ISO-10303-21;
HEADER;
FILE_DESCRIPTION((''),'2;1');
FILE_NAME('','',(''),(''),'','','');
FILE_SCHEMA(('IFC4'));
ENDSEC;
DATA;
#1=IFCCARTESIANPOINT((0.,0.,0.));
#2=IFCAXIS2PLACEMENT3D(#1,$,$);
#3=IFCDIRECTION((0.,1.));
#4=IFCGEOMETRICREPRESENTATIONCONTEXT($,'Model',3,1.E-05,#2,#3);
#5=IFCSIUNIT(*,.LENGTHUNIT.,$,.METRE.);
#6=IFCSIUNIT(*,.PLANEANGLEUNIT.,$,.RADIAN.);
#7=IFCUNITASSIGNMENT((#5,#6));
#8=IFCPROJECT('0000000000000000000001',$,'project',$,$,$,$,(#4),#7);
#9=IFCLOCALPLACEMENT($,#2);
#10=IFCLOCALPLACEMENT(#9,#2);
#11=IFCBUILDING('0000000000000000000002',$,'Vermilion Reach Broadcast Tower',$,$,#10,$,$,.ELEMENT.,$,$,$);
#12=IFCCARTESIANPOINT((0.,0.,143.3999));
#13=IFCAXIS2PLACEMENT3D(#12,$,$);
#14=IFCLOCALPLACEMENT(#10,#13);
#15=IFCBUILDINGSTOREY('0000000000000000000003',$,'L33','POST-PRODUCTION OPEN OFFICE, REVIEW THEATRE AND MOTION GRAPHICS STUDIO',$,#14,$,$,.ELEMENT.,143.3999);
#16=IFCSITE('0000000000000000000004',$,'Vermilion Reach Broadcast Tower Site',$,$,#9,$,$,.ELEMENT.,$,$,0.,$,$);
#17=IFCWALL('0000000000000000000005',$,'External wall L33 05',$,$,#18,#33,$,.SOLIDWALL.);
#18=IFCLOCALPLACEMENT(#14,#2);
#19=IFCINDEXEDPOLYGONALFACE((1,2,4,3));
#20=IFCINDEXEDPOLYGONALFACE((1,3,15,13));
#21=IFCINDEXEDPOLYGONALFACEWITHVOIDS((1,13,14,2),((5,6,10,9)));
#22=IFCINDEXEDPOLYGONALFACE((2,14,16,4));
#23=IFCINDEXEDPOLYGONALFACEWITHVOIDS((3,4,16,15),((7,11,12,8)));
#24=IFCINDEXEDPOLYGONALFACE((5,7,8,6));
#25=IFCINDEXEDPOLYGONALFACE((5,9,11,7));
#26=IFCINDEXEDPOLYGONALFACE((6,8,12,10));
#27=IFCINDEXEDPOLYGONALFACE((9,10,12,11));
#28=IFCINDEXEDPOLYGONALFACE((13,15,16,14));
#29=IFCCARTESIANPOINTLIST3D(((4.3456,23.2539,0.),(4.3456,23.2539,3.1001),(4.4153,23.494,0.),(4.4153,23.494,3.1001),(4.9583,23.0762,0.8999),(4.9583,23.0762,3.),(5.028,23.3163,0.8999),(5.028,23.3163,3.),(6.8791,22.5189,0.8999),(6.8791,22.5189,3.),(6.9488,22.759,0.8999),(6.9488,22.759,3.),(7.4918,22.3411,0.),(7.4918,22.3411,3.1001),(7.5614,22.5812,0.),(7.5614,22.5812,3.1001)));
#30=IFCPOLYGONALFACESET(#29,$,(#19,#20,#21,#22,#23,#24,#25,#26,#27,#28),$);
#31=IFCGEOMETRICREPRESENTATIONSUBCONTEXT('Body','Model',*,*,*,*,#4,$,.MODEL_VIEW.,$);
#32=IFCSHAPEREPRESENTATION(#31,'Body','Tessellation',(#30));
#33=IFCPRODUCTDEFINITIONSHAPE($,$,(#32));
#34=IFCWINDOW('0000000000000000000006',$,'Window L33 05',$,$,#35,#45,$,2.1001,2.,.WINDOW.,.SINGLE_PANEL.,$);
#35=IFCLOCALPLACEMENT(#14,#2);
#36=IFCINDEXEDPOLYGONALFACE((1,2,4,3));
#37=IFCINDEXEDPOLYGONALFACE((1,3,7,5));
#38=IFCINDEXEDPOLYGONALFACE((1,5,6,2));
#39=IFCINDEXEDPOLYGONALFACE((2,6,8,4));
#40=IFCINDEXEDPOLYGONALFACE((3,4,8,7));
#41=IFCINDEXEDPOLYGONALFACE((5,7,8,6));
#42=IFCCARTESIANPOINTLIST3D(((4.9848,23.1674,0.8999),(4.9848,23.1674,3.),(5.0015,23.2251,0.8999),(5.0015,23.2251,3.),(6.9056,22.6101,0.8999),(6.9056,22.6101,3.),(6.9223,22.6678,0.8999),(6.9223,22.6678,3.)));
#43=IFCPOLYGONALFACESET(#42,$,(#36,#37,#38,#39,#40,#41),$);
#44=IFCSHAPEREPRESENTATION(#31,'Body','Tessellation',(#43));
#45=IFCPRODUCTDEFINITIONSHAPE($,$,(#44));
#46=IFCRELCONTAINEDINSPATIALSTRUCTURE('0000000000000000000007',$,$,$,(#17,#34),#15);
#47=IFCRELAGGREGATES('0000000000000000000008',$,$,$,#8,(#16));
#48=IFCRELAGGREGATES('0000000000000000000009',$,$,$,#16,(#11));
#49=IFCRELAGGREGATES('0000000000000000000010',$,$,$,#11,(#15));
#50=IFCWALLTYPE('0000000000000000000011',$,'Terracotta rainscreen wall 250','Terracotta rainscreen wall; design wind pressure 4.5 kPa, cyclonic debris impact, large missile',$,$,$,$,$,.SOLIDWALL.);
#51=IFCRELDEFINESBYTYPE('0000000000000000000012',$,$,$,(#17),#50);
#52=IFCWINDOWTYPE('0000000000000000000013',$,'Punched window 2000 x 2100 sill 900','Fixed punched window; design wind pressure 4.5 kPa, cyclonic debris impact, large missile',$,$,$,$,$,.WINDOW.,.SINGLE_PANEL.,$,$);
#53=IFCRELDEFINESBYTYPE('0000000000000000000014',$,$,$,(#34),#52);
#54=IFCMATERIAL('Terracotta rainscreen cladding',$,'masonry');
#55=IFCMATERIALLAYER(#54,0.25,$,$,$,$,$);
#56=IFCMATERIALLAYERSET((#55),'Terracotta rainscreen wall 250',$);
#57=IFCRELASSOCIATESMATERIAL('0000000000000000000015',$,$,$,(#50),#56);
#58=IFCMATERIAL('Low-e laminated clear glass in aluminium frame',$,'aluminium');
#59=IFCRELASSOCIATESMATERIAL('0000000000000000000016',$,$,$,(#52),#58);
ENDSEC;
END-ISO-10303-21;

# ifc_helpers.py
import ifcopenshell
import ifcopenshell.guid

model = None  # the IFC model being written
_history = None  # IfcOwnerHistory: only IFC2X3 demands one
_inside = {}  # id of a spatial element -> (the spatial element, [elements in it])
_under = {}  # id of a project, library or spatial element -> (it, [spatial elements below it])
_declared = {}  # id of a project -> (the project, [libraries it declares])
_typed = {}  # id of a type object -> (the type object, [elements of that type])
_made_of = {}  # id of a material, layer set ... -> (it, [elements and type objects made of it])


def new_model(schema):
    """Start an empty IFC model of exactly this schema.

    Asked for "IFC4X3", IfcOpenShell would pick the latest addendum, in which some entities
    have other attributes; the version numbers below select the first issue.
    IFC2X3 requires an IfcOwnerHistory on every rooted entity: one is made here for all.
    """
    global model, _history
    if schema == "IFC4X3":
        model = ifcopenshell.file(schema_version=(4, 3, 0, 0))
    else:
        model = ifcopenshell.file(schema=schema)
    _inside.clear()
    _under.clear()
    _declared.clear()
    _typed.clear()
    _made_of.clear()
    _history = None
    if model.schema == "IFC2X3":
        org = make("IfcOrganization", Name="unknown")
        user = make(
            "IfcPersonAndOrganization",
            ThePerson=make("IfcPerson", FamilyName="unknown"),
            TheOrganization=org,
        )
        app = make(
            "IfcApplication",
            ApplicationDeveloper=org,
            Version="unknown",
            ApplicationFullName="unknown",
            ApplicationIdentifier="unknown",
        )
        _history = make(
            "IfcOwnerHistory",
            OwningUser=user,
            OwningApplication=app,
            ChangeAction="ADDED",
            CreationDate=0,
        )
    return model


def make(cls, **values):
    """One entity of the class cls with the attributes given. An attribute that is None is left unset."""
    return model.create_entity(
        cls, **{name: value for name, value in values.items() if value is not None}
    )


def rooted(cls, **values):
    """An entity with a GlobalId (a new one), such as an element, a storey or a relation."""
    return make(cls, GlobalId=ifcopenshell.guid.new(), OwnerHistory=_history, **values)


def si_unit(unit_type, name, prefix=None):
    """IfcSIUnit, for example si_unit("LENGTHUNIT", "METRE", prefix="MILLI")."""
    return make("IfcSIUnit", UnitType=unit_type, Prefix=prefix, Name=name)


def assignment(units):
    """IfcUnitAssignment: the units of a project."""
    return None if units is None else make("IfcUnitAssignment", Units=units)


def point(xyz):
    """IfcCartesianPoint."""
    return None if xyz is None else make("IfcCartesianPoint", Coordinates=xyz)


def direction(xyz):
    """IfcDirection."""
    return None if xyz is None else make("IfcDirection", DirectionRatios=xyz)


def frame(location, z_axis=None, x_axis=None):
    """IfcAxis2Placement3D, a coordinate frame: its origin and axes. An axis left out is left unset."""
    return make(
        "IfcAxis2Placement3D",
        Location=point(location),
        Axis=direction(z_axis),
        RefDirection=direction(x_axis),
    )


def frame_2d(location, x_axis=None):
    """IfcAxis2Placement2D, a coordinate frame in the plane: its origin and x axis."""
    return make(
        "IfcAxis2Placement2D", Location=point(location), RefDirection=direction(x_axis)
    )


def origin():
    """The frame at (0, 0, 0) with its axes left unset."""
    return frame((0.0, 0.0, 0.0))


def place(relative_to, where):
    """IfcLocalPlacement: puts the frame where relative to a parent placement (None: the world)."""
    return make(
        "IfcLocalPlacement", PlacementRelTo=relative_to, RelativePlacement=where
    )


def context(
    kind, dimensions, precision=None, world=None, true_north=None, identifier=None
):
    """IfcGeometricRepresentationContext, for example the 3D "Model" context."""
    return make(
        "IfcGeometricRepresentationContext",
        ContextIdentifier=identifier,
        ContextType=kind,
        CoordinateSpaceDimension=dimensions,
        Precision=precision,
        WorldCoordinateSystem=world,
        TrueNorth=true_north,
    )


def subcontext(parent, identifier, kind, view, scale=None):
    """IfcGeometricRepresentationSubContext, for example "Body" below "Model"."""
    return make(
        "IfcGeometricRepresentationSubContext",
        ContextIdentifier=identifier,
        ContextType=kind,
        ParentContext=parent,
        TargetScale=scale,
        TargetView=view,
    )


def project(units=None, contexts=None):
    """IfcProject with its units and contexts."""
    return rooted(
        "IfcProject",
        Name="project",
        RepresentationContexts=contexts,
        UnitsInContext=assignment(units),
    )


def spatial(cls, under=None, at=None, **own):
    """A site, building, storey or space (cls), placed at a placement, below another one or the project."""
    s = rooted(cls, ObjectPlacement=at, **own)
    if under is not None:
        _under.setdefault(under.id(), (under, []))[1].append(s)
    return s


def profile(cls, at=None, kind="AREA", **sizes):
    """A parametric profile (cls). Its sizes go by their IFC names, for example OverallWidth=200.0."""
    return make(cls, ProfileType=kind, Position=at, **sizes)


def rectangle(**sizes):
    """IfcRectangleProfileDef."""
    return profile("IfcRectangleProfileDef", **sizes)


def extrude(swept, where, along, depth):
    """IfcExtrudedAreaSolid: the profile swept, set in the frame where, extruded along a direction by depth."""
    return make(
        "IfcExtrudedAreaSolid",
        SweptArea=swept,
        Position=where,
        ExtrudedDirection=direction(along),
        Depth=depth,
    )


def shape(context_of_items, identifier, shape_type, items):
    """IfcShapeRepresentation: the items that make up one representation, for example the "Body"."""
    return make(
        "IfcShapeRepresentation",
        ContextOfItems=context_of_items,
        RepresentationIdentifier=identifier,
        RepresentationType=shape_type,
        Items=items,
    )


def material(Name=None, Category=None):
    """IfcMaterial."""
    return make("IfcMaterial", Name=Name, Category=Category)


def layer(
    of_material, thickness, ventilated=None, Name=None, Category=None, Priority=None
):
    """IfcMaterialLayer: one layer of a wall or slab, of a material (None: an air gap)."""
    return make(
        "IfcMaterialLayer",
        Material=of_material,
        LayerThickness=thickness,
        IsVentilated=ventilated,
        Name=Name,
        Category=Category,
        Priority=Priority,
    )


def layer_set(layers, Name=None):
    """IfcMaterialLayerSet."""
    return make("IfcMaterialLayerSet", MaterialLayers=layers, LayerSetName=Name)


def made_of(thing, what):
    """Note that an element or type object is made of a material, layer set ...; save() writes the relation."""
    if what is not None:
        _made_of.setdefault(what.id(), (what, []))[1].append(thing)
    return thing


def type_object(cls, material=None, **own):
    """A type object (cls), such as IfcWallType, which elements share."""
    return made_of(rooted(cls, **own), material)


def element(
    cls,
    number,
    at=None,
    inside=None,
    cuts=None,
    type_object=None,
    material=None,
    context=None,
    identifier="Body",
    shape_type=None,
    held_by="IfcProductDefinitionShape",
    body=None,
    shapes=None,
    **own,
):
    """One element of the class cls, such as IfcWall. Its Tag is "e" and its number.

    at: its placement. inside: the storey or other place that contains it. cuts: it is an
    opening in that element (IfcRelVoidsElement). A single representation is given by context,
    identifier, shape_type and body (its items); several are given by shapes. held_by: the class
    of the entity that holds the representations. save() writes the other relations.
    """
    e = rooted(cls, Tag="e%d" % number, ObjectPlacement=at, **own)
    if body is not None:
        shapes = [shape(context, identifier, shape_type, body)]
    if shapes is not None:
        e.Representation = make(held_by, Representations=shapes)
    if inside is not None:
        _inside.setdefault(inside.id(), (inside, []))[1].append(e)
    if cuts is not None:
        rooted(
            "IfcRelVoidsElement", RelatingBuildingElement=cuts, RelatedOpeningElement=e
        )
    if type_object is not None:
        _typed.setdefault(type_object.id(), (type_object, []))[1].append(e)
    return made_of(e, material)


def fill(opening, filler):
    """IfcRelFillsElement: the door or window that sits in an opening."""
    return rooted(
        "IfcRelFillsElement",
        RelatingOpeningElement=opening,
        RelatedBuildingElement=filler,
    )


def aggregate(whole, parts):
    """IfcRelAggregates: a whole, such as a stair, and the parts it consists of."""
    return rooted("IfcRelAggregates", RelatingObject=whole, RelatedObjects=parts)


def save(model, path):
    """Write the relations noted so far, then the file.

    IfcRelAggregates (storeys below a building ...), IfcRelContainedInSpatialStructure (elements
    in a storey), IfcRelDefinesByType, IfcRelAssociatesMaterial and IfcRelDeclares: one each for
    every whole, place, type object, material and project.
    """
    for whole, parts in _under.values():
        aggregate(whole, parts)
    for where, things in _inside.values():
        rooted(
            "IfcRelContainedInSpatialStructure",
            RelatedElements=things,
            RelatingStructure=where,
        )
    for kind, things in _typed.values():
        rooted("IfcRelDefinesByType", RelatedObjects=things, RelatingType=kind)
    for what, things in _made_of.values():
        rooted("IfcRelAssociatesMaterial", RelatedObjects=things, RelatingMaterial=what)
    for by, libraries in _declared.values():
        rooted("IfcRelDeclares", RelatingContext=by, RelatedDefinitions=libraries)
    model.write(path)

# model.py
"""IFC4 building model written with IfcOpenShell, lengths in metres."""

from ifc_helpers import new_model, si_unit, direction, frame, frame_2d, origin, place, context, subcontext, project, spatial, rectangle, extrude, material, layer, layer_set, type_object, element, fill, save


model = new_model("IFC4")

# Units and contexts
model_context = context("Model", 3, precision=1e-05, world=origin(), true_north=direction((0.0, 1.0)))
body_context = subcontext(model_context, "Body", "Model", "MODEL_VIEW")
ifc_project = project(units=[si_unit("LENGTHUNIT", "METRE"), si_unit("PLANEANGLEUNIT", "RADIAN")], contexts=[model_context])

# Site, building, storey
site_placement = place(None, origin())
site = spatial("IfcSite", under=ifc_project, at=site_placement, Name="Vermilion Reach Broadcast Tower Site", CompositionType="ELEMENT", RefElevation=0.0)
building_placement = place(site_placement, origin())
building = spatial("IfcBuilding", under=site, at=building_placement, Name="Vermilion Reach Broadcast Tower", CompositionType="ELEMENT")
storey_placement = place(building_placement, frame((0.0, 0.0, 143.3999)))
storey = spatial("IfcBuildingStorey", under=building, at=storey_placement, Name="L33", Description="POST-PRODUCTION OPEN OFFICE, REVIEW THEATRE AND MOTION GRAPHICS STUDIO", CompositionType="ELEMENT", Elevation=143.3999)

# Shared definitions
ifc_material_1 = material(Name="Terracotta rainscreen cladding", Category="masonry")
ifc_layer_1 = layer(ifc_material_1, 0.25)
ifc_layer_set_1 = layer_set([ifc_layer_1], Name="Terracotta rainscreen wall 250")
wall_type_1 = type_object("IfcWallType", Name="Terracotta rainscreen wall 250", Description="Terracotta rainscreen wall; design wind pressure 4.5 kPa, cyclonic debris impact, large missile", PredefinedType="SOLIDWALL", material=ifc_layer_set_1)

# Shared definitions
ifc_material_2 = material(Name="Low-e laminated clear glass in aluminium frame", Category="aluminium")
window_type = type_object("IfcWindowType", Name="Punched window 2000 x 2100 sill 900", Description="Fixed punched window; design wind pressure 4.5 kPa, cyclonic debris impact, large missile", PartitioningType="SINGLE_PANEL", PredefinedType="WINDOW", material=ifc_material_2)

# Wall, opening, window
wall_1_placement = place(storey_placement, frame((7.5266, 22.4612, 0.0), z_axis=(0.0, 0.0, 1.0), x_axis=(-0.960394, 0.278646, 0.0)))
wall_1 = element("IfcWall", 1, at=wall_1_placement, inside=storey, type_object=wall_type_1, Name="External wall L33 05", PredefinedType="SOLIDWALL", context=body_context, shape_type="SweptSolid", body=[
    extrude(rectangle(XDim=3.2759, YDim=0.25, at=frame_2d((1.6379, 0.0))), origin(), (0.0, 0.0, 1.0), 3.1001),
])
opening_1_placement = place(wall_1_placement, frame((0.6379, 0.0, 0.8999)))
opening_1 = element("IfcOpeningElement", 2, at=opening_1_placement, cuts=wall_1, PredefinedType="OPENING", context=body_context, shape_type="SweptSolid", body=[
    extrude(rectangle(XDim=2.0, YDim=2.1001, at=frame_2d((1.0, 1.05))), frame((0.0, 0.135, 0.0), z_axis=(0.0, -1.0, 0.0), x_axis=(1.0, 0.0, 0.0)), (0.0, 0.0, 1.0), 0.27),
])
window_1_placement = place(opening_1_placement, origin())
window_1 = element("IfcWindow", 3, at=window_1_placement, inside=storey, type_object=window_type, Name="Window L33 05", OverallHeight=2.1001, OverallWidth=2.0, PartitioningType="SINGLE_PANEL", PredefinedType="WINDOW", context=body_context, shape_type="SweptSolid", body=[
    extrude(rectangle(XDim=2.0, YDim=2.1001, at=frame_2d((1.0, 1.05))), frame((0.0, 0.03, 0.0), z_axis=(0.0, -1.0, 0.0), x_axis=(1.0, 0.0, 0.0)), (0.0, 0.0, 1.0), 0.0601),
])
fill(opening_1, window_1)

save(model, "model.ifc")
